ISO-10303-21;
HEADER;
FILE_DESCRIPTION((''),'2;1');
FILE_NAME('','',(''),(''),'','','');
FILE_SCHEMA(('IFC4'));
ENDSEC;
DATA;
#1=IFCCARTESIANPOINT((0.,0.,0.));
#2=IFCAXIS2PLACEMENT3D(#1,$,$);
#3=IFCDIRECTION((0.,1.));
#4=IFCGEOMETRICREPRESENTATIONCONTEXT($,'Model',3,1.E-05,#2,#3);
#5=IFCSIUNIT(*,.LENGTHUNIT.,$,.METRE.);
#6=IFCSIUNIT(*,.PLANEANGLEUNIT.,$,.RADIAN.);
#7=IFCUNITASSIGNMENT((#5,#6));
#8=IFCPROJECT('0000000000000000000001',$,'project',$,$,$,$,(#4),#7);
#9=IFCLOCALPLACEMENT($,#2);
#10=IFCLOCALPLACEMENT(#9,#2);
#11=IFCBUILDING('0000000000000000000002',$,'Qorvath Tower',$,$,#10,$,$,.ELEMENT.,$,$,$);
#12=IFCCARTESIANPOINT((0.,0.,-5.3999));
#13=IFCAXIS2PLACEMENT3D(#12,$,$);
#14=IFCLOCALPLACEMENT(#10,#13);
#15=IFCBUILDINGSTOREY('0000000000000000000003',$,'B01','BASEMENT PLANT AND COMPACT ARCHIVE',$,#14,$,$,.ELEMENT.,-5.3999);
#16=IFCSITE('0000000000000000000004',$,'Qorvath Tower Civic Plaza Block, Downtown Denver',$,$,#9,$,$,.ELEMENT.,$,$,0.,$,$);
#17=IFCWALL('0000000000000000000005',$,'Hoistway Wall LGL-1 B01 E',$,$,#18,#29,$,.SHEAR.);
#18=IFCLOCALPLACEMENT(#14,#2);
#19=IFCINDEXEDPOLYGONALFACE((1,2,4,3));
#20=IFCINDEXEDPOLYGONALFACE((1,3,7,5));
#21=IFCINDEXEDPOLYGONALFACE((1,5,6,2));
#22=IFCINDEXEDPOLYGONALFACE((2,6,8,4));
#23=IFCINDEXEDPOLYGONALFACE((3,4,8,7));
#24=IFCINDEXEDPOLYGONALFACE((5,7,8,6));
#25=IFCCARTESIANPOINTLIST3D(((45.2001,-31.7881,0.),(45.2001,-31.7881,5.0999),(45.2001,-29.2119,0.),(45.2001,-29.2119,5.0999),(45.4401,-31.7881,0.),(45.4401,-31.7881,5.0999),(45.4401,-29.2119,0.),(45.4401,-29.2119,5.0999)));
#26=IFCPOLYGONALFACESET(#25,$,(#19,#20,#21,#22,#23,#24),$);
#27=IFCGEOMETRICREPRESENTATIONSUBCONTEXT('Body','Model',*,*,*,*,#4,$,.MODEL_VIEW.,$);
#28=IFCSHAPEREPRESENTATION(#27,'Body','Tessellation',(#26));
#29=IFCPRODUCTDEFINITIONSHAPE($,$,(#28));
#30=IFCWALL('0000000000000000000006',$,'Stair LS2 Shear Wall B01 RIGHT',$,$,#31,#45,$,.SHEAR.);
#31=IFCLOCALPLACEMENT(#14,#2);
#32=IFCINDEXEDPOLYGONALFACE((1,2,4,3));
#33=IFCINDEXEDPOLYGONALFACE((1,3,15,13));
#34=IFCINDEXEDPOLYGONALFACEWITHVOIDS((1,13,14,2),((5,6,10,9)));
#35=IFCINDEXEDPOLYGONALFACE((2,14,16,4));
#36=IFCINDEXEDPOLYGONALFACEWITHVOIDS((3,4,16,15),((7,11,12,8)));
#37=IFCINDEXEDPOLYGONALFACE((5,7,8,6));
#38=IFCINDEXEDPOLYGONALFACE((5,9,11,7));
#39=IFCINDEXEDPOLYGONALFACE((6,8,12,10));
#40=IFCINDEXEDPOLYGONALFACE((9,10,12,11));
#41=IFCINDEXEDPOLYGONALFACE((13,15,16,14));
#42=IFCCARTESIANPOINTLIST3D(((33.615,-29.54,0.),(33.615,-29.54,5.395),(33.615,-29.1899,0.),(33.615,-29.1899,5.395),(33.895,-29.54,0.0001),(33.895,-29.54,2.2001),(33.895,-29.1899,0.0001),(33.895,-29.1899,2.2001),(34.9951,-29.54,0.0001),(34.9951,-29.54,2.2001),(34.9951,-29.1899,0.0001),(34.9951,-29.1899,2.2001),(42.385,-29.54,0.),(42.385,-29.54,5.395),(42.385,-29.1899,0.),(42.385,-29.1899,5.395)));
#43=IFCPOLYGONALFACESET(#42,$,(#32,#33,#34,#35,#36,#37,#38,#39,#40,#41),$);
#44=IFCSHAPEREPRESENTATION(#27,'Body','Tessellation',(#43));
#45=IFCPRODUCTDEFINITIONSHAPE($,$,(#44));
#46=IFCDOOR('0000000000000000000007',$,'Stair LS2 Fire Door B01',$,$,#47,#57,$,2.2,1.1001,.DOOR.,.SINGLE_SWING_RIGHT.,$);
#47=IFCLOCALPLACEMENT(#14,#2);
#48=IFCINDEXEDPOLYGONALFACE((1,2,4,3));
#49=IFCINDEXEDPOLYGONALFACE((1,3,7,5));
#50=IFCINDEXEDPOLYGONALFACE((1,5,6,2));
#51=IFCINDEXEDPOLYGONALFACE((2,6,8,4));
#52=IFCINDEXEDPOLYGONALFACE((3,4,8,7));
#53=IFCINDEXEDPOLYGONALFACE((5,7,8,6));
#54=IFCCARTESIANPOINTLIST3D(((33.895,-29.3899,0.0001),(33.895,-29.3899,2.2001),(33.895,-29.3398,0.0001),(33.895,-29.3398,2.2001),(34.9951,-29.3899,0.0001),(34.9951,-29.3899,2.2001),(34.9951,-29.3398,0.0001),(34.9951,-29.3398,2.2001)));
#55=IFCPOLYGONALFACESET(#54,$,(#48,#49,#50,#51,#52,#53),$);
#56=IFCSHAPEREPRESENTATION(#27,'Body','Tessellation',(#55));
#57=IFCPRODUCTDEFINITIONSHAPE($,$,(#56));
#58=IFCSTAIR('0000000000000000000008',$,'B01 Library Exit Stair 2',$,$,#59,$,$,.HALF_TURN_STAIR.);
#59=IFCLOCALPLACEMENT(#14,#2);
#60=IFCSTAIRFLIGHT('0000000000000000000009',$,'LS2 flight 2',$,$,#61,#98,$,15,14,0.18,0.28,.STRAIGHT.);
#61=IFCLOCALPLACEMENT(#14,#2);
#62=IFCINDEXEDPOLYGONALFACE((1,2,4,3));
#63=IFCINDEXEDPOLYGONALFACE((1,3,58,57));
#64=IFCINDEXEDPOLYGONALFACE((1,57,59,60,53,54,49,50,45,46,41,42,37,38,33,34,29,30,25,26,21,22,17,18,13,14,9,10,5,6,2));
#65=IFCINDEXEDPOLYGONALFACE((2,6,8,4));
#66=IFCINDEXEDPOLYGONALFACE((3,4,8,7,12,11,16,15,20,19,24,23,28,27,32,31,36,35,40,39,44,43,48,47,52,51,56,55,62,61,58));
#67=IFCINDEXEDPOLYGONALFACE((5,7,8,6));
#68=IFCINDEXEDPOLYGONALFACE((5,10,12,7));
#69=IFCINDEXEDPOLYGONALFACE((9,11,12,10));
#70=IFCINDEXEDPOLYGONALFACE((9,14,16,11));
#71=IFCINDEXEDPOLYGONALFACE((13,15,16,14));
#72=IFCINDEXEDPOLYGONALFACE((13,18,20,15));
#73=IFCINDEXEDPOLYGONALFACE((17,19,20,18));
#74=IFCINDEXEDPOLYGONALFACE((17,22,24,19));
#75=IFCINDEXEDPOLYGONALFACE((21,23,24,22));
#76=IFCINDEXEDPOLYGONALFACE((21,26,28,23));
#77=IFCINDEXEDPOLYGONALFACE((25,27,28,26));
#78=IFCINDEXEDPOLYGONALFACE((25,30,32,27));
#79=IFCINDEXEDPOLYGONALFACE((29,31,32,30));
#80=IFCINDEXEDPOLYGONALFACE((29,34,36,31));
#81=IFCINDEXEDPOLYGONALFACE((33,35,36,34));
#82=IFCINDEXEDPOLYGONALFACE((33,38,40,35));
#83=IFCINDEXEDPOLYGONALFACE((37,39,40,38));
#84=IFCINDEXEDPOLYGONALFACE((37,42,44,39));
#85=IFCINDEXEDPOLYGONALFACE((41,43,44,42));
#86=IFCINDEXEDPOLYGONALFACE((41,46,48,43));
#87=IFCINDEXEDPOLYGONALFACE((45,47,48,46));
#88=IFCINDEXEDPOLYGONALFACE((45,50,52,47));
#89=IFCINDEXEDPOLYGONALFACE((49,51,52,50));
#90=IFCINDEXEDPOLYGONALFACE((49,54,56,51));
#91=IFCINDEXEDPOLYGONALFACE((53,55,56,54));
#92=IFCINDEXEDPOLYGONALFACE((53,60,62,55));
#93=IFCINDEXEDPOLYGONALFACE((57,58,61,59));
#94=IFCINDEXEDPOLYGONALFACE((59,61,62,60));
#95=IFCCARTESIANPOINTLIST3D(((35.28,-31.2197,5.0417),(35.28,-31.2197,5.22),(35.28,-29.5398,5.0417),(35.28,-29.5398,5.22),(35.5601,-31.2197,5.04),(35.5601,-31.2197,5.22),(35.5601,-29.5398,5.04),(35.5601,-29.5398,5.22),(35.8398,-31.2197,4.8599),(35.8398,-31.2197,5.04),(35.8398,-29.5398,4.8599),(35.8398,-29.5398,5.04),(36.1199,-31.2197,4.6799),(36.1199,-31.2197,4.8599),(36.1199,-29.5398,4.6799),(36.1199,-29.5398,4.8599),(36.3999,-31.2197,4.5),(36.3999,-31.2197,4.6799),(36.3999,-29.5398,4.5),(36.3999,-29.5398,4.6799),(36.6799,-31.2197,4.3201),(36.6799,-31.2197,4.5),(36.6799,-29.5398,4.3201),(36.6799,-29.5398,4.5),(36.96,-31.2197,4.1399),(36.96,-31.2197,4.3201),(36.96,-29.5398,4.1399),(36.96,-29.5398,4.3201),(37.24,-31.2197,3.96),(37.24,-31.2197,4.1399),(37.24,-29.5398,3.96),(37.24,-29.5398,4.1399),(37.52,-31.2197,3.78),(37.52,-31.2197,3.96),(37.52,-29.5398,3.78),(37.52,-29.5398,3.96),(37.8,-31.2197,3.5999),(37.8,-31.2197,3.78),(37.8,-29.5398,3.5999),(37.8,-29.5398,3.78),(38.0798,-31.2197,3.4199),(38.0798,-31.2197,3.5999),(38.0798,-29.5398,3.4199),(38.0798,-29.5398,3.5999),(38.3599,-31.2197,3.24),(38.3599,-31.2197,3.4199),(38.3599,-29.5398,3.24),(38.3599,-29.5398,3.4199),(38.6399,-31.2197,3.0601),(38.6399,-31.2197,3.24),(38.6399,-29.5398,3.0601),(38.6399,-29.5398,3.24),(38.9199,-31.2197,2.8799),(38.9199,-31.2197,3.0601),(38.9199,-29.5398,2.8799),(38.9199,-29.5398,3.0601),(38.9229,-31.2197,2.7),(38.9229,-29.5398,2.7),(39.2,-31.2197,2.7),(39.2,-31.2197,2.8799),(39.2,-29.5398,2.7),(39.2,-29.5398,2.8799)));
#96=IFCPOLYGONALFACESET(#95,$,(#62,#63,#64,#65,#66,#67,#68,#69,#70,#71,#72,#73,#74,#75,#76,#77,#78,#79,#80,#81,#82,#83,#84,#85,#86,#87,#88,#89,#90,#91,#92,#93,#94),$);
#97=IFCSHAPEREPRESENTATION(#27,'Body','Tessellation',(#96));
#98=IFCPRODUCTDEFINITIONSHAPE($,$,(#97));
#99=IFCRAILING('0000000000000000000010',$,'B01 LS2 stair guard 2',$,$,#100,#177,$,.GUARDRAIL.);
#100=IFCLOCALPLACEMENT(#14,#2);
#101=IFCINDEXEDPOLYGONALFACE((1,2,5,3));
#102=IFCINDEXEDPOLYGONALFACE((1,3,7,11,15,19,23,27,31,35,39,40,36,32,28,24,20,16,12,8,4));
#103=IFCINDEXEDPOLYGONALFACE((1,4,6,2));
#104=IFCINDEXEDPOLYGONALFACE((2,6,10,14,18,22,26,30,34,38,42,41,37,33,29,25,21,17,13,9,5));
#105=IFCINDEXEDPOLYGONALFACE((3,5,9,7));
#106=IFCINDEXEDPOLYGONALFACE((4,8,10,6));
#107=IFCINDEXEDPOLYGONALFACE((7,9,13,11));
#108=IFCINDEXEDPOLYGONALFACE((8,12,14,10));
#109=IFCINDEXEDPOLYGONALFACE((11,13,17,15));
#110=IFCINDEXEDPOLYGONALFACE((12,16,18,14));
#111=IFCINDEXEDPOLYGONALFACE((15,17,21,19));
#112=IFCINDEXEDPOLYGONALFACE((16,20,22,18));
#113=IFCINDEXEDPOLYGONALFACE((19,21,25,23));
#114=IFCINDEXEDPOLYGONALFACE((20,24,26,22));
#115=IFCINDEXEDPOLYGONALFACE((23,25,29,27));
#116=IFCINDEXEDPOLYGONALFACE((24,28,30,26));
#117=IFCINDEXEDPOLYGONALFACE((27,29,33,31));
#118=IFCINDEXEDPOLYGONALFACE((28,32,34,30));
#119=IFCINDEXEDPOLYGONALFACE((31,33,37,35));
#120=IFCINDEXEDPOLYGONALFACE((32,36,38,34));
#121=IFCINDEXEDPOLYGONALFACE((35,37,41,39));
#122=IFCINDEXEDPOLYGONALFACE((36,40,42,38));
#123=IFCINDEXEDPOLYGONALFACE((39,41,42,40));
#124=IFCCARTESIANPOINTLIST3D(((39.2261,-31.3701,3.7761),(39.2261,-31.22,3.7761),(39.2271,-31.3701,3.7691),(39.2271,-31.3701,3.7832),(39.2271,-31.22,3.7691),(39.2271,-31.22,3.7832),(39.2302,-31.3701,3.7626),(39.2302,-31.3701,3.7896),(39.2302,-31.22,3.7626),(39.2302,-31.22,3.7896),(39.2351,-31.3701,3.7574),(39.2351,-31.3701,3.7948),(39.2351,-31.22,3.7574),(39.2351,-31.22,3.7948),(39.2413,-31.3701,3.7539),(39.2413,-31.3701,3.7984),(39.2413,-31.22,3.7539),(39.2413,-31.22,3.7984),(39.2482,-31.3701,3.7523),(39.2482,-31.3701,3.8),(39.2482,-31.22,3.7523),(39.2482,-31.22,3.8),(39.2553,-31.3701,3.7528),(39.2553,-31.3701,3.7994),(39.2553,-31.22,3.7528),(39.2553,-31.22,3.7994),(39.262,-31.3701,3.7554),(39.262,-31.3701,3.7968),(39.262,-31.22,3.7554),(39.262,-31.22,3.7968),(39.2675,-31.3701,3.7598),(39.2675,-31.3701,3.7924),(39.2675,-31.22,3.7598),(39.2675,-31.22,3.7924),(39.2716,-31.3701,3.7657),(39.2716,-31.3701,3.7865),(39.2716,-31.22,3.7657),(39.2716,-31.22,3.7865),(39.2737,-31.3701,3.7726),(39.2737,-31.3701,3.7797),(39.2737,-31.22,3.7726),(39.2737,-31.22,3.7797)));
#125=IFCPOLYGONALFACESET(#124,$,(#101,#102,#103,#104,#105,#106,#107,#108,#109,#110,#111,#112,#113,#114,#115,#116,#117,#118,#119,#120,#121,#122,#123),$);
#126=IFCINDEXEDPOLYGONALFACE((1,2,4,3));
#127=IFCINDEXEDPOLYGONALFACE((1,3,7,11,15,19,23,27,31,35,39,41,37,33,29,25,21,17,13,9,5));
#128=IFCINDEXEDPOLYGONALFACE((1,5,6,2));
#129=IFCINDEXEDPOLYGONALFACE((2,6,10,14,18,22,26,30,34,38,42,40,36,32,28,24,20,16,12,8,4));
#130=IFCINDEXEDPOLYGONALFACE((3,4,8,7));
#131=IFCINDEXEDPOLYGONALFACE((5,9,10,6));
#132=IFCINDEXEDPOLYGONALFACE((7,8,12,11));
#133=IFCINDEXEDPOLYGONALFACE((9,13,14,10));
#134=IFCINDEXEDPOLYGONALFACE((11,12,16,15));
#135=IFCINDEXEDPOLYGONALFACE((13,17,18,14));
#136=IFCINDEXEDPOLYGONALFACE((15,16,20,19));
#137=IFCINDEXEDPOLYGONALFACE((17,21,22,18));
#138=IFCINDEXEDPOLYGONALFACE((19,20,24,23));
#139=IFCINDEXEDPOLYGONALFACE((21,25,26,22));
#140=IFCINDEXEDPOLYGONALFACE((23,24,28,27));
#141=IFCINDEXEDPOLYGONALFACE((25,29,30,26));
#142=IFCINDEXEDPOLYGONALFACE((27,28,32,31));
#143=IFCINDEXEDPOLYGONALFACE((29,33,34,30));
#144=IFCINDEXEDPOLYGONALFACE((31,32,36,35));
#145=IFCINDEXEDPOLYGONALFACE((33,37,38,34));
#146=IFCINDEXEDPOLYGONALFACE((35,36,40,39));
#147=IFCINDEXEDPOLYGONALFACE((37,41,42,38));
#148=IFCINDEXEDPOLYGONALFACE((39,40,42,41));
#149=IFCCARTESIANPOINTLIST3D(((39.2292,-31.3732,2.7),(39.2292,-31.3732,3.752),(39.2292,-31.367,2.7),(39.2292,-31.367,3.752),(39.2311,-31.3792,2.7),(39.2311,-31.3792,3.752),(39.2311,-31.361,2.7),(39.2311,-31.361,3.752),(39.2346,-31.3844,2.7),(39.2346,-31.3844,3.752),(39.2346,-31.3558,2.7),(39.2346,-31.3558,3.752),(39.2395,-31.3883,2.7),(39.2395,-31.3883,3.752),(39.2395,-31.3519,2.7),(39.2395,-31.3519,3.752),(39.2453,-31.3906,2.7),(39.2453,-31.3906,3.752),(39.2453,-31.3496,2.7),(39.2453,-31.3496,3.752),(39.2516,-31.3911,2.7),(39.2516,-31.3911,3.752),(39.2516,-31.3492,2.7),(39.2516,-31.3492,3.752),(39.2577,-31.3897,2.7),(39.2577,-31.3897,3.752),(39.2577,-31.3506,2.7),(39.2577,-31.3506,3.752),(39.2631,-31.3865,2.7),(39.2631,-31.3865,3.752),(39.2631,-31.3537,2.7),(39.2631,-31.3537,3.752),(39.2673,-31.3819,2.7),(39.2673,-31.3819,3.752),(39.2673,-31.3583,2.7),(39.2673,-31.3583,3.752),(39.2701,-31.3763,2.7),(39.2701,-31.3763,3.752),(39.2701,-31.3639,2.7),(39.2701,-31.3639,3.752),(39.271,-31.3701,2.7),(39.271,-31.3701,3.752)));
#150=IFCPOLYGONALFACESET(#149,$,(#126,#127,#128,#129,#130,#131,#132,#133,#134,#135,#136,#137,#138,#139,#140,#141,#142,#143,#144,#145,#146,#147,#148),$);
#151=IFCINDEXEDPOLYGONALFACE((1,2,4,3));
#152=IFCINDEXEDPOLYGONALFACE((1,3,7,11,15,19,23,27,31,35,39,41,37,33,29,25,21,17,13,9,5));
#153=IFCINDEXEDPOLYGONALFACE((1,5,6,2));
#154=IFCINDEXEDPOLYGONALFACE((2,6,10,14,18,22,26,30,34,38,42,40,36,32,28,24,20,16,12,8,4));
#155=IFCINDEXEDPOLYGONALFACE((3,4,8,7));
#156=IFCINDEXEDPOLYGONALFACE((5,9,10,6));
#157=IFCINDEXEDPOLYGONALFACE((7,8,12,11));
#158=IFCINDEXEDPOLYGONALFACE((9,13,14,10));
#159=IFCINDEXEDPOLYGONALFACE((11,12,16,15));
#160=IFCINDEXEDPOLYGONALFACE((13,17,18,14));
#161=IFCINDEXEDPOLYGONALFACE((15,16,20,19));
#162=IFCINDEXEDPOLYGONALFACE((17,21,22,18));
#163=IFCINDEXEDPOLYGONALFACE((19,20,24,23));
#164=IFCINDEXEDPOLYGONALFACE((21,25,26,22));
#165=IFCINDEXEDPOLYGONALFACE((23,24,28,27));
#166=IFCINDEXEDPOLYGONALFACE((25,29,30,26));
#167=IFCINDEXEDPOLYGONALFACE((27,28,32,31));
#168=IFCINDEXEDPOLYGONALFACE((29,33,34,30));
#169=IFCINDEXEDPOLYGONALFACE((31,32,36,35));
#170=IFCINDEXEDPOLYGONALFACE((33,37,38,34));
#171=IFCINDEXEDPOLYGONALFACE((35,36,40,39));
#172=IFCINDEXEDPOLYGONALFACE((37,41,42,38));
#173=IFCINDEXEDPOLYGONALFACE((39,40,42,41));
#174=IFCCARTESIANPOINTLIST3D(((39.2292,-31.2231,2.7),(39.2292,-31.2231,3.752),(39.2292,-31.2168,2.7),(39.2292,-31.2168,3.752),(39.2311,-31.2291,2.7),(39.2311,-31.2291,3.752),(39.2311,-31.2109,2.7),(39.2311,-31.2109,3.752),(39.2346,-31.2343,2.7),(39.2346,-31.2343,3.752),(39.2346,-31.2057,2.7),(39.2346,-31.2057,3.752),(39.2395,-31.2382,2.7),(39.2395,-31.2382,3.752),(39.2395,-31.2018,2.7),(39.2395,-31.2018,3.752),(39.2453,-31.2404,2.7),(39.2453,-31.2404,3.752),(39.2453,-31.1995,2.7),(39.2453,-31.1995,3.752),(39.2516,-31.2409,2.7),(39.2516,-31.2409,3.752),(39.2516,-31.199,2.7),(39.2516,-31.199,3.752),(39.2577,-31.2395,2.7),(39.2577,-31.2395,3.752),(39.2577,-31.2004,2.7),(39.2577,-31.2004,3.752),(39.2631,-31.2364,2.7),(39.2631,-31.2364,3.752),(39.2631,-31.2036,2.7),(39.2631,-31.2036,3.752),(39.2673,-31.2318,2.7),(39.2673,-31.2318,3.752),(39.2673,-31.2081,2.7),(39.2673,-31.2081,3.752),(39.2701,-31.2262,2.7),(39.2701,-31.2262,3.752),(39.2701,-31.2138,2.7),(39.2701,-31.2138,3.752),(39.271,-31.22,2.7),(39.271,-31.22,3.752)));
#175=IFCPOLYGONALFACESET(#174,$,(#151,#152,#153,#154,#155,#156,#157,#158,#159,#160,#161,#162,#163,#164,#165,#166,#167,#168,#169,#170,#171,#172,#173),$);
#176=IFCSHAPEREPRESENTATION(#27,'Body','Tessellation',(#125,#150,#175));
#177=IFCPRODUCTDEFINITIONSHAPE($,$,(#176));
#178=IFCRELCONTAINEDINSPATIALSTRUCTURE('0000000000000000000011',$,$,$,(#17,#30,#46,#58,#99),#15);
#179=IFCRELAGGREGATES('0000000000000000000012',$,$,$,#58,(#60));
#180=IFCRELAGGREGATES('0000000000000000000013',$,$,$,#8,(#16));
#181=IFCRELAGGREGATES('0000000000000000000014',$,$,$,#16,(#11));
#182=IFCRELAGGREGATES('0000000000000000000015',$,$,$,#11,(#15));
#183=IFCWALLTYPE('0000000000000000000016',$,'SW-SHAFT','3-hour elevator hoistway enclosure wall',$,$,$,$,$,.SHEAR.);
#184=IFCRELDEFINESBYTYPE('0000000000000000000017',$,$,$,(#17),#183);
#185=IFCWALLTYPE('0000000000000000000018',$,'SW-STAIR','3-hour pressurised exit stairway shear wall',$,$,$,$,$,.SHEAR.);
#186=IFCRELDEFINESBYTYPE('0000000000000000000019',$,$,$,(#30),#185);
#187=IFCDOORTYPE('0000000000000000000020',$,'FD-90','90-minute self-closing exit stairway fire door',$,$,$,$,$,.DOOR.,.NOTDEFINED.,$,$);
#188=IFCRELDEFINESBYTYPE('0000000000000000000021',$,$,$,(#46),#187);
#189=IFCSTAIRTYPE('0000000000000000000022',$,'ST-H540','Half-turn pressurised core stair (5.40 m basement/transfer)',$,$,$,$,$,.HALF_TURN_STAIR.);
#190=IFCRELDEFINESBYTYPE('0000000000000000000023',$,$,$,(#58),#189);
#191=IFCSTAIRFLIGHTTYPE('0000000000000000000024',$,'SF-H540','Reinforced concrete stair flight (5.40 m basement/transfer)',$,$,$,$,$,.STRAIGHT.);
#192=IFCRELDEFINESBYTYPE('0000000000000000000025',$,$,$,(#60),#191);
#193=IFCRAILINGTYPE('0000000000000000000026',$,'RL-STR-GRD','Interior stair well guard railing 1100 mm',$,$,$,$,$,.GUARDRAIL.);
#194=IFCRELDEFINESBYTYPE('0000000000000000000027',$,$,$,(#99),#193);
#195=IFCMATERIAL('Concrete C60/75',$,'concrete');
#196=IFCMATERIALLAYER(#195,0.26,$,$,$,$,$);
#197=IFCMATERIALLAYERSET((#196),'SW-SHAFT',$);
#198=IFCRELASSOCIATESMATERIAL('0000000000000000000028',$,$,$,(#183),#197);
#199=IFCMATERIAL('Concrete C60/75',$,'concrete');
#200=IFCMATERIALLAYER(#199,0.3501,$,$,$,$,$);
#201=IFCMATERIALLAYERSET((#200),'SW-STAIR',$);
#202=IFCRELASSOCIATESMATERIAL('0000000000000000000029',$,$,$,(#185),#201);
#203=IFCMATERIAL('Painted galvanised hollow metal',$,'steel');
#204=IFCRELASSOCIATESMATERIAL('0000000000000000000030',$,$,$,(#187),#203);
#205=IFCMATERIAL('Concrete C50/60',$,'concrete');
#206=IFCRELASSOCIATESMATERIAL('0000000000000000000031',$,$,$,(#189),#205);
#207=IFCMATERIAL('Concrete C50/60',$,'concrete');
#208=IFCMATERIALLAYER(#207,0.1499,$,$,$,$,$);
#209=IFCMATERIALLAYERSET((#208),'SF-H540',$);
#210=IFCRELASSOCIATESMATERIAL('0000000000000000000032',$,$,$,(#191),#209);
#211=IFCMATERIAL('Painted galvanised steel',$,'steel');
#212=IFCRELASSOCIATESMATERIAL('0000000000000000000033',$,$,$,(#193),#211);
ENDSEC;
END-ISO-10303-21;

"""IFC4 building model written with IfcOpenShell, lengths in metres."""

from ifc_helpers import new_model, si_unit, direction, frame, frame_2d, origin, origin_2d, place, context, subcontext, project, spatial, polyline, rectangle, circle, outline, extrude, material, layer, layer_set, type_object, element, fill, aggregate, save


model = new_model("IFC4")

# Units and contexts
model_context = context("Model", 3, precision=1e-05, world=origin(), true_north=direction((0.0, 1.0)))
body_context = subcontext(model_context, "Body", "Model", "MODEL_VIEW")
ifc_project = project(units=[si_unit("LENGTHUNIT", "METRE"), si_unit("PLANEANGLEUNIT", "RADIAN")], contexts=[model_context])

# Site, building, storey
site_placement = place(None, origin())
site = spatial("IfcSite", under=ifc_project, at=site_placement, Name="Qorvath Tower Civic Plaza Block, Downtown Denver", CompositionType="ELEMENT", RefElevation=0.0)
building_placement = place(site_placement, origin())
building = spatial("IfcBuilding", under=site, at=building_placement, Name="Qorvath Tower", CompositionType="ELEMENT")
storey_placement = place(building_placement, frame((0.0, 0.0, -5.3999)))
storey = spatial("IfcBuildingStorey", under=building, at=storey_placement, Name="B01", Description="BASEMENT PLANT AND COMPACT ARCHIVE", CompositionType="ELEMENT", Elevation=-5.3999)

# Shared definitions
ifc_material_1 = material(Name="Concrete C60/75", Category="concrete")
ifc_layer_1 = layer(ifc_material_1, 0.26)
ifc_layer_set_1 = layer_set([ifc_layer_1], Name="SW-SHAFT")
wall_type_1 = type_object("IfcWallType", Name="SW-SHAFT", Description="3-hour elevator hoistway enclosure wall", PredefinedType="SHEAR", material=ifc_layer_set_1)

# Wall
wall_1_placement = place(storey_placement, frame((45.3201, -29.2119, 0.0), z_axis=(0.0, 0.0, 1.0), x_axis=(0.0, -1.0, 0.0)))
element("IfcWall", 1, at=wall_1_placement, inside=storey, type_object=wall_type_1, Name="Hoistway Wall LGL-1 B01 E", PredefinedType="SHEAR", context=body_context, shape_type="SweptSolid", body=[
    extrude(rectangle(XDim=2.5762, YDim=0.24, at=frame_2d((1.2881, 0.0))), origin(), (0.0, 0.0, 1.0), 5.0999),
])

# Wall, opening, door
ifc_material_2 = material(Name="Concrete C60/75", Category="concrete")
ifc_layer_2 = layer(ifc_material_2, 0.3501)
ifc_layer_set_2 = layer_set([ifc_layer_2], Name="SW-STAIR")
wall_type_2 = type_object("IfcWallType", Name="SW-STAIR", Description="3-hour pressurised exit stairway shear wall", PredefinedType="SHEAR", material=ifc_layer_set_2)
wall_2_placement = place(storey_placement, frame((42.385, -29.365, 0.0), z_axis=(0.0, 0.0, 1.0), x_axis=(-1.0, 0.0, 0.0)))
wall_2 = element("IfcWall", 2, at=wall_2_placement, inside=storey, type_object=wall_type_2, Name="Stair LS2 Shear Wall B01 RIGHT", PredefinedType="SHEAR", context=body_context, shape_type="SweptSolid", body=[
    extrude(rectangle(XDim=8.77, YDim=0.3501, at=frame_2d((4.385, 0.0))), origin(), (0.0, 0.0, 1.0), 5.395),
])
opening_1_placement = place(wall_2_placement, frame((7.3899, 0.0, 0.0)))
opening_1 = element("IfcOpeningElement", 3, at=opening_1_placement, cuts=wall_2, PredefinedType="OPENING", context=body_context, shape_type="SweptSolid", body=[
    extrude(rectangle(XDim=1.1001, YDim=2.2, at=frame_2d((0.55, 1.1001))), frame((0.0, 0.1851, 0.0), z_axis=(0.0, -1.0, 0.0), x_axis=(1.0, 0.0, 0.0)), (0.0, 0.0, 1.0), 0.3701),
])
ifc_material_3 = material(Name="Painted galvanised hollow metal", Category="steel")
door_type_1 = type_object("IfcDoorType", Name="FD-90", Description="90-minute self-closing exit stairway fire door", OperationType="NOTDEFINED", PredefinedType="DOOR", material=ifc_material_3)
door_1_placement = place(opening_1_placement, origin())
door_1 = element("IfcDoor", 4, at=door_1_placement, inside=storey, type_object=door_type_1, Name="Stair LS2 Fire Door B01", OperationType="SINGLE_SWING_RIGHT", OverallHeight=2.2, OverallWidth=1.1001, PredefinedType="DOOR", context=body_context, shape_type="SweptSolid", body=[
    extrude(rectangle(XDim=1.1001, YDim=2.2, at=frame_2d((0.55, 1.1001))), frame((0.0, 0.0249, 0.0), z_axis=(0.0, -1.0, 0.0), x_axis=(1.0, 0.0, 0.0)), (0.0, 0.0, 1.0), 0.05),
])
fill(opening_1, door_1)

# Stair, stair flight
ifc_material_4 = material(Name="Concrete C50/60", Category="concrete")
stair_type = type_object("IfcStairType", Name="ST-H540", Description="Half-turn pressurised core stair (5.40 m basement/transfer)", PredefinedType="HALF_TURN_STAIR", material=ifc_material_4)
stair_placement = place(storey_placement, origin())
stair = element("IfcStair", 5, at=stair_placement, inside=storey, type_object=stair_type, Name="B01 Library Exit Stair 2", PredefinedType="HALF_TURN_STAIR")
ifc_material_5 = material(Name="Concrete C50/60", Category="concrete")
ifc_layer_3 = layer(ifc_material_5, 0.1499)
ifc_layer_set_3 = layer_set([ifc_layer_3], Name="SF-H540")
stair_flight_type = type_object("IfcStairFlightType", Name="SF-H540", Description="Reinforced concrete stair flight (5.40 m basement/transfer)", PredefinedType="STRAIGHT", material=ifc_layer_set_3)
stair_flight_placement = place(storey_placement, frame((39.2, -30.3799, 2.7), z_axis=(0.0, 0.0, 1.0), x_axis=(-1.0, 0.0, 0.0)))
stair_flight = element("IfcStairFlight", 6, at=stair_flight_placement, type_object=stair_flight_type, Name="LS2 flight 2", NumberOfRisers=15, NumberOfTreads=14, PredefinedType="STRAIGHT", RiserHeight=0.18, TreadLength=0.28, context=body_context, shape_type="SweptSolid", body=[
    extrude(outline(polyline([(0.0, 0.0), (0.0, 0.1799), (0.28, 0.1799), (0.28, 0.3601), (0.5601, 0.3601), (0.5601, 0.54), (0.8401, 0.54), (0.8401, 0.72), (1.1201, 0.72), (1.1201, 0.8999), (1.3999, 0.8999), (1.3999, 1.0801), (1.6799, 1.0801), (1.6799, 1.26), (1.96, 1.26), (1.96, 1.4399), (2.24, 1.4399), (2.24, 1.6201), (2.52, 1.6201), (2.52, 1.8), (2.8, 1.8), (2.8, 1.98), (3.0801, 1.98), (3.0801, 2.1599), (3.3601, 2.1599), (3.3601, 2.3401), (3.6399, 2.3401), (3.6399, 2.52), (3.9199, 2.52), (3.9199, 2.7), (3.9199, 2.3418), (0.2771, 0.0), (0.0, 0.0)])), frame((0.0, 0.8398, 0.0), z_axis=(0.0, -1.0, 0.0), x_axis=(1.0, 0.0, 0.0)), (0.0, 0.0, 1.0), 1.6799),
])
aggregate(stair, [stair_flight])

# Railing
ifc_material_6 = material(Name="Painted galvanised steel", Category="steel")
railing_type_1 = type_object("IfcRailingType", Name="RL-STR-GRD", Description="Interior stair well guard railing 1100 mm", PredefinedType="GUARDRAIL", material=ifc_material_6)
railing_1_placement = place(storey_placement, frame((39.25, -31.3701, 2.7)))
element("IfcRailing", 7, at=railing_1_placement, inside=storey, type_object=railing_type_1, Name="B01 LS2 stair guard 2", PredefinedType="GUARDRAIL", context=body_context, shape_type="SweptSolid", body=[
    extrude(circle(Radius=0.0239, at=origin_2d()), frame((0.0, 0.0, 1.0762), z_axis=(0.0, 1.0, 0.0), x_axis=(-1.0, 0.0, 0.0)), (0.0, 0.0, 1.0), 0.1501),
    extrude(circle(Radius=0.021, at=origin_2d()), origin(), (0.0, 0.0, 1.0), 1.052),
    extrude(circle(Radius=0.021, at=origin_2d()), frame((0.0, 0.1501, 0.0)), (0.0, 0.0, 1.0), 1.052),
])

save(model, "model.ifc")
